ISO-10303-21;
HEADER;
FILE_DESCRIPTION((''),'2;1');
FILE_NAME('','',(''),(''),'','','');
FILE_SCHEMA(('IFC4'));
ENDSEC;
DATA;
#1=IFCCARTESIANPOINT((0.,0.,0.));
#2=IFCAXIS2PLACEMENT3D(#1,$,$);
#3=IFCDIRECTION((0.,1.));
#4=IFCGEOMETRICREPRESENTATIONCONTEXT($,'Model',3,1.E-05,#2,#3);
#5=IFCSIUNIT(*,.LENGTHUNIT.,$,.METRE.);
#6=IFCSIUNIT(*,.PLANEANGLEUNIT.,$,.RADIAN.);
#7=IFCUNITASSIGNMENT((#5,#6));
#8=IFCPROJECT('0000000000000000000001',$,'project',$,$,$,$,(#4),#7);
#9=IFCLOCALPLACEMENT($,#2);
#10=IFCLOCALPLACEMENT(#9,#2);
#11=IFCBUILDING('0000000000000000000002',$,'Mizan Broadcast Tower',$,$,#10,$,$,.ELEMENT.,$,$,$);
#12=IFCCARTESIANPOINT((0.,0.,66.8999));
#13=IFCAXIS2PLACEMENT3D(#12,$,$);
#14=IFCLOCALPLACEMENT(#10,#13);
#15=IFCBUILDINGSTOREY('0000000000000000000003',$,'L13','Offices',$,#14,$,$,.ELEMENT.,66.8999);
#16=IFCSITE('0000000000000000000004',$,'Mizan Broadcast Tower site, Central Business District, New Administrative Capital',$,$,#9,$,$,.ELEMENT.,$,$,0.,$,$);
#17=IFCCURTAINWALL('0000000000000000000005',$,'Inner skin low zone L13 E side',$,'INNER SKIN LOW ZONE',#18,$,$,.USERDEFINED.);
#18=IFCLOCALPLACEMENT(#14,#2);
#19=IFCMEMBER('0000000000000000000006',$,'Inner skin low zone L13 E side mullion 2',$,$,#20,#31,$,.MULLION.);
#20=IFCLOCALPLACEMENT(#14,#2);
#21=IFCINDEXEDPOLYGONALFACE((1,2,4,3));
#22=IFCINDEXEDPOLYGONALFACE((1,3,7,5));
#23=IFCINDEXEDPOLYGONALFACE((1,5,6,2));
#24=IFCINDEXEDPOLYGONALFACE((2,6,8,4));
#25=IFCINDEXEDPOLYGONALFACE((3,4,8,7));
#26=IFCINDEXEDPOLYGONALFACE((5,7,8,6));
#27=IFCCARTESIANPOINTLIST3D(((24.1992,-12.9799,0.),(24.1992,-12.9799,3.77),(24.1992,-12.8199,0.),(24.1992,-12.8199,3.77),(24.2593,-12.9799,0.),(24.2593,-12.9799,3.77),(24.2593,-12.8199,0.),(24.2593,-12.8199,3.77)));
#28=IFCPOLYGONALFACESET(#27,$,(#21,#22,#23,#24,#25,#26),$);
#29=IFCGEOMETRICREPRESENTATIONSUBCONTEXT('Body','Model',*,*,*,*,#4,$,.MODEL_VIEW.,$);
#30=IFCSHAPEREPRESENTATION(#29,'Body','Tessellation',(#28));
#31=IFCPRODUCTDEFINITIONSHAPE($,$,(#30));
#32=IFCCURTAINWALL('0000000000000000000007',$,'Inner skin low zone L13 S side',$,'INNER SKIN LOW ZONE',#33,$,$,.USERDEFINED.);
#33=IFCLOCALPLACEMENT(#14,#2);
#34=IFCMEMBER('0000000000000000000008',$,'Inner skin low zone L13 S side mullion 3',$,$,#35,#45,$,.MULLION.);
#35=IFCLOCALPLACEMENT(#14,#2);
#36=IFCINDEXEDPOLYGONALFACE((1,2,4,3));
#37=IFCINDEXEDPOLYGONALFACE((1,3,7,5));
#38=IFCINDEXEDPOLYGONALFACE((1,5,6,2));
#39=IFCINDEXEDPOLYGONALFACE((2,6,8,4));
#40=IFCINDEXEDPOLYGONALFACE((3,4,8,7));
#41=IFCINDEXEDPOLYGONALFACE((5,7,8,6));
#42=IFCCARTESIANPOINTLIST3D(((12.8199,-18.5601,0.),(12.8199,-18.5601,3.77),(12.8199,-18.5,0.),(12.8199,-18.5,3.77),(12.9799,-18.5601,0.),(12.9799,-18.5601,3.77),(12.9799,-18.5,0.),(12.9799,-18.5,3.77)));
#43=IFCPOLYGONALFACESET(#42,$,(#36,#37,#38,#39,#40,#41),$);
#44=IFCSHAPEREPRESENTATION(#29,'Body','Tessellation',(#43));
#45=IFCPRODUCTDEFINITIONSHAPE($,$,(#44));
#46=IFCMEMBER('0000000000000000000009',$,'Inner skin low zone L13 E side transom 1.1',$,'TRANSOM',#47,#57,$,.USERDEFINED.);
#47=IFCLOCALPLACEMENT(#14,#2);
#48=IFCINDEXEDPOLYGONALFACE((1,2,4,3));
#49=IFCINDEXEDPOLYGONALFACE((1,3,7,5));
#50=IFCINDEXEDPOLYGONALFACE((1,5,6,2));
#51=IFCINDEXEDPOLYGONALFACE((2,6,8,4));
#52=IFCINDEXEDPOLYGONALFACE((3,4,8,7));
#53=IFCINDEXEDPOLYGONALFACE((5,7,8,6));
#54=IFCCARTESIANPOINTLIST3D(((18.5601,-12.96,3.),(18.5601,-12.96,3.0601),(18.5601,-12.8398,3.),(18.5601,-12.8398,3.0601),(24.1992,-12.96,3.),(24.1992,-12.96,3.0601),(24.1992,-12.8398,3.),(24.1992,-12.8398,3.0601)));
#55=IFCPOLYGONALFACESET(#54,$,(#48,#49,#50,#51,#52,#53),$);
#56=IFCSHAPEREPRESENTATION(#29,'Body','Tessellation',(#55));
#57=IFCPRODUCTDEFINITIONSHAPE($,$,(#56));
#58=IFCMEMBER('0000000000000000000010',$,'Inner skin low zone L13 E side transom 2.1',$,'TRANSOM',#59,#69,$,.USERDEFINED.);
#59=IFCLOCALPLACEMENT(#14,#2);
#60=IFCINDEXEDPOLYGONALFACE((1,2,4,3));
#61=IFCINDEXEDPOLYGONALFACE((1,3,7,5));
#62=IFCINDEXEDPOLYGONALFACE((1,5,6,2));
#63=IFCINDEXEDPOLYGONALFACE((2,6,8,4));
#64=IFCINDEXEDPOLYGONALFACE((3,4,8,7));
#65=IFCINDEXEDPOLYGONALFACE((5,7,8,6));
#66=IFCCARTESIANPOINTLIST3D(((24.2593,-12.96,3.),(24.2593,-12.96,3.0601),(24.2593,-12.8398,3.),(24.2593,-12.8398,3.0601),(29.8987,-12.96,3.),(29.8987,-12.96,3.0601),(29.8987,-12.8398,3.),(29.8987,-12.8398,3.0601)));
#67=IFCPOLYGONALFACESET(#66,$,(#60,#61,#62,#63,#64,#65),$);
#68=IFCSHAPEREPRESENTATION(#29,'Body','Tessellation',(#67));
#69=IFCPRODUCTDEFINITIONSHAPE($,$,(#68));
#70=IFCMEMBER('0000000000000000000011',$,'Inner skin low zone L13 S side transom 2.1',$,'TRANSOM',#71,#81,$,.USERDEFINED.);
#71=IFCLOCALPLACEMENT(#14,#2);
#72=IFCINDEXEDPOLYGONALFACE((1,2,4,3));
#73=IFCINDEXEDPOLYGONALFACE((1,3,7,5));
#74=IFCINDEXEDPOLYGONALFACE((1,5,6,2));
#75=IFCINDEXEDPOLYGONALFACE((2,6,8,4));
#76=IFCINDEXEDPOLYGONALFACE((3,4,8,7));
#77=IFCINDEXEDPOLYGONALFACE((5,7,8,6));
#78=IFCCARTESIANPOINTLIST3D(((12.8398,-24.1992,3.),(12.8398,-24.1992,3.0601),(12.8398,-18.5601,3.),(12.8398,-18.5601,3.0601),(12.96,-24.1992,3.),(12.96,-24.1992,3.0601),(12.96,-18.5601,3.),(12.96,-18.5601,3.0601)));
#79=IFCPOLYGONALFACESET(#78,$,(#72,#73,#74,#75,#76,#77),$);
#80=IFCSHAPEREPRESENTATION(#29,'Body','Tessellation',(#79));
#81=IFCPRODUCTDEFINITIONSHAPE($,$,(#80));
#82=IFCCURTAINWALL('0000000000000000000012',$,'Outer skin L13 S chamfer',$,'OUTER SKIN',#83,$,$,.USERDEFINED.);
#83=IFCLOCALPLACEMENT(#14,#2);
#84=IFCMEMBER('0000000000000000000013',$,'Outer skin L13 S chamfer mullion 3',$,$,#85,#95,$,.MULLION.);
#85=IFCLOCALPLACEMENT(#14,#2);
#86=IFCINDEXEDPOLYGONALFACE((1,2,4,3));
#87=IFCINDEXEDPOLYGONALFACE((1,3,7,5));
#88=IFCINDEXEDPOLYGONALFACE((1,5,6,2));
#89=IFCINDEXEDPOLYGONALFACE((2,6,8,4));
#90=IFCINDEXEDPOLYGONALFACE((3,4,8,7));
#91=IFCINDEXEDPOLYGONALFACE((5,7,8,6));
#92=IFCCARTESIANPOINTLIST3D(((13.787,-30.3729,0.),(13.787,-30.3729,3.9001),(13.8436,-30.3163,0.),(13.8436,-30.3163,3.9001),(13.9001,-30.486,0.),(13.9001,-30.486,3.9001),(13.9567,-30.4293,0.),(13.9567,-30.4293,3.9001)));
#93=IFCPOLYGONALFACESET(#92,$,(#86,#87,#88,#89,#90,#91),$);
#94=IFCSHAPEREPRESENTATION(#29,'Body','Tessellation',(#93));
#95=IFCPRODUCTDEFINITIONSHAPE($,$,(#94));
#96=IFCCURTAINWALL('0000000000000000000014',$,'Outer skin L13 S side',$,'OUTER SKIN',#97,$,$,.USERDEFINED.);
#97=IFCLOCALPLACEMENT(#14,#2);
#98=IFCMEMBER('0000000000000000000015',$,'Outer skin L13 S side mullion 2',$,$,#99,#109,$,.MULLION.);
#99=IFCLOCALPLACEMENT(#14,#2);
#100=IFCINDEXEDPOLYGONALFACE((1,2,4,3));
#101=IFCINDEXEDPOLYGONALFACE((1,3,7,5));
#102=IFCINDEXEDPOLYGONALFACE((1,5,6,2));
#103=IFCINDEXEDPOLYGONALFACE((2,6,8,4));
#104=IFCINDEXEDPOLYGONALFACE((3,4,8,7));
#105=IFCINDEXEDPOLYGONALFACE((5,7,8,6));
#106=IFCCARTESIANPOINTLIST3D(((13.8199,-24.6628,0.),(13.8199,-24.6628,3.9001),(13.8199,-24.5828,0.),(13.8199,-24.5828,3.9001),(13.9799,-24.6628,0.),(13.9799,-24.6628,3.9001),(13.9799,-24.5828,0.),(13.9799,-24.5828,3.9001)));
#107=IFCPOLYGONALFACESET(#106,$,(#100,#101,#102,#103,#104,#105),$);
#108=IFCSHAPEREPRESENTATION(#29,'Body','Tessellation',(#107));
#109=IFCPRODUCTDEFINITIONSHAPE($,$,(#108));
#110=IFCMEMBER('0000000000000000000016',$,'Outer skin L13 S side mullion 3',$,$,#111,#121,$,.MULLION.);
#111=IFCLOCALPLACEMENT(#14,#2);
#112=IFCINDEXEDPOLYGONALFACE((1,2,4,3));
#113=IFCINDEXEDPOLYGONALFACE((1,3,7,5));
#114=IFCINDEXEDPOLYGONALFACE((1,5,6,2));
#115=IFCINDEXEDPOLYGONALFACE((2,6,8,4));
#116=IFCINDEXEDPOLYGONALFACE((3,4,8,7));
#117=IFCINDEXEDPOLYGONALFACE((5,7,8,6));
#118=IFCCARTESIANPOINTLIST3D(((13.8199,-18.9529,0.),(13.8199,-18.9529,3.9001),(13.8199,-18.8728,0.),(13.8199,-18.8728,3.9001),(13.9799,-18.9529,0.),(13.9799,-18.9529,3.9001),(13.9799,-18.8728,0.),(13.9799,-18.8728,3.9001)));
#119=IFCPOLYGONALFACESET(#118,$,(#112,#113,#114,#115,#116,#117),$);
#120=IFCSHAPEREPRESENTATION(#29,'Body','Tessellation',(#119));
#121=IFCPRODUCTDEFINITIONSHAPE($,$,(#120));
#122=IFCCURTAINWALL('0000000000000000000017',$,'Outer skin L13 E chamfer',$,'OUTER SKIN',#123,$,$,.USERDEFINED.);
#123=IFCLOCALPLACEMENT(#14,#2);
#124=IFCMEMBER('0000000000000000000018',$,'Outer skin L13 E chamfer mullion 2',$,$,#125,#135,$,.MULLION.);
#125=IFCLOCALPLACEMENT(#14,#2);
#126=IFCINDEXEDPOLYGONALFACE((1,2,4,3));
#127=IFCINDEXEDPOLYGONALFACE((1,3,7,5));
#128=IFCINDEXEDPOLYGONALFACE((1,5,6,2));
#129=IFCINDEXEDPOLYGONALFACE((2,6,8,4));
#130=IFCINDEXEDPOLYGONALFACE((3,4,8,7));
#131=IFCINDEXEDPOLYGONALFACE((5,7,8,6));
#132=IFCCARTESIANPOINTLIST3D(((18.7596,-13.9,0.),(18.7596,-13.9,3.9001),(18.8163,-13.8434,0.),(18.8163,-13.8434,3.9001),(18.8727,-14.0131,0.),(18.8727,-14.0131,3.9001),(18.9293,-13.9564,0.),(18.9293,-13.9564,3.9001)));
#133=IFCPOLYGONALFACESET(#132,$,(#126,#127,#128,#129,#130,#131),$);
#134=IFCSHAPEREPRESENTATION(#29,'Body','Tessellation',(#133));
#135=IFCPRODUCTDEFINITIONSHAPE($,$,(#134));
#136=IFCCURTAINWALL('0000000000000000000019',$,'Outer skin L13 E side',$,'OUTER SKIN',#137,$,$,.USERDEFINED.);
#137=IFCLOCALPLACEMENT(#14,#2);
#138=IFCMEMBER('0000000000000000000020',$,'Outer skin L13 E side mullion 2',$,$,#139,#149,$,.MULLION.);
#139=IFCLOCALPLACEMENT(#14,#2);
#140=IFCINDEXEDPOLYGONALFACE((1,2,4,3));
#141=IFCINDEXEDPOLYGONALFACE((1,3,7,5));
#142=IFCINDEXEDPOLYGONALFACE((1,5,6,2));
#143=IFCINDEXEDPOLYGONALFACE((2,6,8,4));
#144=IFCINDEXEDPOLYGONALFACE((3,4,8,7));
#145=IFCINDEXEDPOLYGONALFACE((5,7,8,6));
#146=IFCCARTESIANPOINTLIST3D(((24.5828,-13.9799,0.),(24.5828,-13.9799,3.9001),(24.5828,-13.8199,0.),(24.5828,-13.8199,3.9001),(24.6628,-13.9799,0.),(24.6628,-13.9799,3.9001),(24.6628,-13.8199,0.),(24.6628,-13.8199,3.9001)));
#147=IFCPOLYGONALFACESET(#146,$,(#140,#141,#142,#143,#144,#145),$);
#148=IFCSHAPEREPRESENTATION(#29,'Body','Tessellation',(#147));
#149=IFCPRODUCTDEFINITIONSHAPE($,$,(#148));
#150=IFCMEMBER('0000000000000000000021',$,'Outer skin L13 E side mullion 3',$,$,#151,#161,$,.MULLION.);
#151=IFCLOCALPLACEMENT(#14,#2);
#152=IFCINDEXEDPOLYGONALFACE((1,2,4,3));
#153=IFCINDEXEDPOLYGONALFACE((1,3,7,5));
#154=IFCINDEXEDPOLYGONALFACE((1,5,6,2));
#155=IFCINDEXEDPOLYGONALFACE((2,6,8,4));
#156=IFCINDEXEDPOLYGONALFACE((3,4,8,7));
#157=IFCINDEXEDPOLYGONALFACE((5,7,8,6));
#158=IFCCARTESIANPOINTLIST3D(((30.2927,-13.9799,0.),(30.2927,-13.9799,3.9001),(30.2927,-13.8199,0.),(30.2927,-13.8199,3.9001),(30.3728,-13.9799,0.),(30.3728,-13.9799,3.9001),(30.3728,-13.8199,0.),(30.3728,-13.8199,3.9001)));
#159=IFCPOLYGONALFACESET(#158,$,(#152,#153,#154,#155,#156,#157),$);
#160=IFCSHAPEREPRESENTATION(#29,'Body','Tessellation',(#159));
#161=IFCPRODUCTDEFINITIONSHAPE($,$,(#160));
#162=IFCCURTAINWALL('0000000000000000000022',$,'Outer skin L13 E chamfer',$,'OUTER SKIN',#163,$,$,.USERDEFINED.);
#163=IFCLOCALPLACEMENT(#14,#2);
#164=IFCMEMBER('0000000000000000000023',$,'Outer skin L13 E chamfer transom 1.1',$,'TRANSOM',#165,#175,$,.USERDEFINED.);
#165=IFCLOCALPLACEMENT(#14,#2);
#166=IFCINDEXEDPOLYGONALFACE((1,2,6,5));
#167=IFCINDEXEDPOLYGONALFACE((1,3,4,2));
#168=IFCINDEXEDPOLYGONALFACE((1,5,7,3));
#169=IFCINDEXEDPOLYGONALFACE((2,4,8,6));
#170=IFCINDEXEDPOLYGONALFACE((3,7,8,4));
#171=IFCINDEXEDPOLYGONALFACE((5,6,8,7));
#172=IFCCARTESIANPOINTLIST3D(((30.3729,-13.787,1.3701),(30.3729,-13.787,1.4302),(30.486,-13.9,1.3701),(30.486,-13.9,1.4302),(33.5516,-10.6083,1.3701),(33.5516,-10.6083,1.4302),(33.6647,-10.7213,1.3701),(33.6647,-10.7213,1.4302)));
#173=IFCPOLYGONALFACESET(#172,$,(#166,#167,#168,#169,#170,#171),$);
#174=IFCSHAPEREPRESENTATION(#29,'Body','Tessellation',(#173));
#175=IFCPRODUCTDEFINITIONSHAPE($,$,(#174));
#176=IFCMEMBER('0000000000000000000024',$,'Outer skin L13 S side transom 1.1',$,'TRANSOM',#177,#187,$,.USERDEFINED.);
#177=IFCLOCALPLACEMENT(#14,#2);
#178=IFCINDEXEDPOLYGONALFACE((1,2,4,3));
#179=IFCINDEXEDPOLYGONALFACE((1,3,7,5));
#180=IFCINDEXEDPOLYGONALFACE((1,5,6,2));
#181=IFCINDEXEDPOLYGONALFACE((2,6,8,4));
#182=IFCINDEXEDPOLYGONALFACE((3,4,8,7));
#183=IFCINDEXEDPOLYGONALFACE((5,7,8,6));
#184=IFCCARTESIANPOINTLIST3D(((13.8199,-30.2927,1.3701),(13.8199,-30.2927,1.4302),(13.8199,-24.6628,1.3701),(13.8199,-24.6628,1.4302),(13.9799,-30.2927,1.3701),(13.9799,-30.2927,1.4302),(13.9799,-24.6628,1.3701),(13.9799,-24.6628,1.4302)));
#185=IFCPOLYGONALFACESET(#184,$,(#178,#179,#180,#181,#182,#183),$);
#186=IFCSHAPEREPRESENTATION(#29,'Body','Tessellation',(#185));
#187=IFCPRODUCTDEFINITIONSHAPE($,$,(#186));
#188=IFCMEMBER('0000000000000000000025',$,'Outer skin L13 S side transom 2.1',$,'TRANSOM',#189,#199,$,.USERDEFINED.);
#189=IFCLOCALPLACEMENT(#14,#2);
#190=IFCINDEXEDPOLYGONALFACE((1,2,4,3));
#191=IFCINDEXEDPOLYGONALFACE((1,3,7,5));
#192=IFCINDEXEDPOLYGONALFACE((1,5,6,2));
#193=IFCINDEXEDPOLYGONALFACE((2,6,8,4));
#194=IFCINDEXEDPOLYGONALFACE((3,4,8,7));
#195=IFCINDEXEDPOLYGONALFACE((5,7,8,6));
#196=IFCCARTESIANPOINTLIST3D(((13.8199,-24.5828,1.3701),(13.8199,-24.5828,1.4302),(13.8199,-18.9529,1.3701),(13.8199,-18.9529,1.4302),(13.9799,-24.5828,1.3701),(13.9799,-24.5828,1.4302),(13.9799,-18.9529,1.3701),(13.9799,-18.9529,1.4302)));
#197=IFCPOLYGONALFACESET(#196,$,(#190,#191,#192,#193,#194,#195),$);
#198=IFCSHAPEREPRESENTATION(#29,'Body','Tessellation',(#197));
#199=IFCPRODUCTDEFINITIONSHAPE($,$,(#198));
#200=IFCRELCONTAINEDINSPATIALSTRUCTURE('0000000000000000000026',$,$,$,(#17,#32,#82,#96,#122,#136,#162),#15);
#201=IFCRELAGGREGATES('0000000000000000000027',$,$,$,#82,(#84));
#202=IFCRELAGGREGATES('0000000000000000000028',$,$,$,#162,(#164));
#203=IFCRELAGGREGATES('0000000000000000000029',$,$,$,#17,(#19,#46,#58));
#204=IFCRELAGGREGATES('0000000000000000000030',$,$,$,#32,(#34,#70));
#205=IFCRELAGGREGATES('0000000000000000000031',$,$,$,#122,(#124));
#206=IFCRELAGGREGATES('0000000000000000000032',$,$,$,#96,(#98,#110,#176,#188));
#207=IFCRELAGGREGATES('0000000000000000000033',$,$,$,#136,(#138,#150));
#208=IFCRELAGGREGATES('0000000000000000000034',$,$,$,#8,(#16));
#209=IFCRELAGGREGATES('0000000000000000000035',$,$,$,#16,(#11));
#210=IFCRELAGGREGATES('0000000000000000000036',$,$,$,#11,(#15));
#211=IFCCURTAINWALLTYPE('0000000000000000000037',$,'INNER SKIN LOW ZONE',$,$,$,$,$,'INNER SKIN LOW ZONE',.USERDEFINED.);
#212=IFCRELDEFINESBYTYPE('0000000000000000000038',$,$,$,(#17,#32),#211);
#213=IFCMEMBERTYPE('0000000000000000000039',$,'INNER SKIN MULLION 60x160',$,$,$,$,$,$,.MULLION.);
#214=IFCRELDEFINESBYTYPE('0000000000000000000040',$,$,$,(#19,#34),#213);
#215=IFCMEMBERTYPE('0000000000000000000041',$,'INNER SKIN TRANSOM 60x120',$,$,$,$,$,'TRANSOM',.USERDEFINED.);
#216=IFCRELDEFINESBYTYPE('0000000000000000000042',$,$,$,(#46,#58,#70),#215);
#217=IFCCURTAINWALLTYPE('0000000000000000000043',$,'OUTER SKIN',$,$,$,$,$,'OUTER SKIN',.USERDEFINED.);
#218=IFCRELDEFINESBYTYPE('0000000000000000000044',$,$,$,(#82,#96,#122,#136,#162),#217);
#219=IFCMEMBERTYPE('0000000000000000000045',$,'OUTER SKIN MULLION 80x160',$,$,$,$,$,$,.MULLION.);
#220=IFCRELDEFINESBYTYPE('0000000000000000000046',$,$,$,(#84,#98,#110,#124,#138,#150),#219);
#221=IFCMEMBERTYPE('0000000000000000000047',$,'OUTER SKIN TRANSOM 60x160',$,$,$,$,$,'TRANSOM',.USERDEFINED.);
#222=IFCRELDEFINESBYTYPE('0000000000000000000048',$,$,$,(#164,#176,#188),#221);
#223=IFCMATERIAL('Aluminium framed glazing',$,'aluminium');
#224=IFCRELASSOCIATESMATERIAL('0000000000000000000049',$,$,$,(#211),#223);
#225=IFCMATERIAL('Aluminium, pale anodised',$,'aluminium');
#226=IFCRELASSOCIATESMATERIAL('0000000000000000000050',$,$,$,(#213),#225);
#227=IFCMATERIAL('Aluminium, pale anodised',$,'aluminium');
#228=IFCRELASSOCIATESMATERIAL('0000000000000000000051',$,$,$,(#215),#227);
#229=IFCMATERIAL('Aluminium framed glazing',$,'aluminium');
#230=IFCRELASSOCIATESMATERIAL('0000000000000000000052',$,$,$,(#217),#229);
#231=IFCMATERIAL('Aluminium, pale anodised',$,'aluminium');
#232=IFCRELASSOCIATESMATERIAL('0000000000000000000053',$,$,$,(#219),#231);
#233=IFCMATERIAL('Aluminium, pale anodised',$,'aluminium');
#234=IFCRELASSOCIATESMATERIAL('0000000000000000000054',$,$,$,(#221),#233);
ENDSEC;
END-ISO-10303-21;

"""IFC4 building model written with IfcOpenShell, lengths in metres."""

from ifc_helpers import new_model, si_unit, direction, frame, origin, origin_2d, place, context, subcontext, project, spatial, rectangle, extrude, material, material_profile, profile_set, type_object, element, aggregate, save


model = new_model("IFC4")

# Units and contexts
model_context = context("Model", 3, precision=1e-05, world=origin(), true_north=direction((0.0, 1.0)))
body_context = subcontext(model_context, "Body", "Model", "MODEL_VIEW")
ifc_project = project(units=[si_unit("LENGTHUNIT", "METRE"), si_unit("PLANEANGLEUNIT", "RADIAN")], contexts=[model_context])

# Site, building, storey
site_placement = place(None, origin())
site = spatial("IfcSite", under=ifc_project, at=site_placement, Name="Mizan Broadcast Tower site, Central Business District, New Administrative Capital", CompositionType="ELEMENT", RefElevation=0.0)
building_placement = place(site_placement, origin())
building = spatial("IfcBuilding", under=site, at=building_placement, Name="Mizan Broadcast Tower", CompositionType="ELEMENT")
storey_placement = place(building_placement, frame((0.0, 0.0, 66.8999)))
storey = spatial("IfcBuildingStorey", under=building, at=storey_placement, Name="L13", Description="Offices", CompositionType="ELEMENT", Elevation=66.8999)

# Curtain walls, members
ifc_material_1 = material(Name="Aluminium framed glazing", Category="aluminium")
curtain_wall_type_1 = type_object("IfcCurtainWallType", Name="INNER SKIN LOW ZONE", ElementType="INNER SKIN LOW ZONE", PredefinedType="USERDEFINED", material=ifc_material_1)
curtain_wall_1_placement = place(storey_placement, origin())
curtain_wall_1 = element("IfcCurtainWall", 1, at=curtain_wall_1_placement, inside=storey, type_object=curtain_wall_type_1, Name="Inner skin low zone L13 E side", ObjectType="INNER SKIN LOW ZONE", PredefinedType="USERDEFINED")
ifc_material_2 = material(Name="Aluminium, pale anodised", Category="aluminium")
ifc_material_profile_1 = material_profile(ifc_material_2, rectangle(XDim=0.1599, YDim=0.0601, at=origin_2d()), Name="MULLION 160x60")
ifc_profile_set_1 = profile_set([ifc_material_profile_1], Name="Aluminium, pale anodised")
member_type_1 = type_object("IfcMemberType", Name="INNER SKIN MULLION 60x160", PredefinedType="MULLION", material=ifc_profile_set_1)
member_1_placement = place(storey_placement, frame((24.2292, -12.8999, 0.0), z_axis=(0.0, 0.0, 1.0), x_axis=(0.0, 1.0, 0.0)))
member_1 = element("IfcMember", 2, at=member_1_placement, type_object=member_type_1, Name="Inner skin low zone L13 E side mullion 2", PredefinedType="MULLION", context=body_context, shape_type="SweptSolid", body=[
    extrude(rectangle(XDim=0.1599, YDim=0.0601, at=origin_2d()), origin(), (0.0, 0.0, 1.0), 3.77),
])
curtain_wall_2_placement = place(storey_placement, origin())
curtain_wall_2 = element("IfcCurtainWall", 3, at=curtain_wall_2_placement, inside=storey, type_object=curtain_wall_type_1, Name="Inner skin low zone L13 S side", ObjectType="INNER SKIN LOW ZONE", PredefinedType="USERDEFINED")
member_2_placement = place(storey_placement, frame((12.8999, -18.53, 0.0), z_axis=(0.0, 0.0, 1.0), x_axis=(-1.0, 0.0, 0.0)))
member_2 = element("IfcMember", 4, at=member_2_placement, type_object=member_type_1, Name="Inner skin low zone L13 S side mullion 3", PredefinedType="MULLION", context=body_context, shape_type="SweptSolid", body=[
    extrude(rectangle(XDim=0.1599, YDim=0.0601, at=origin_2d()), origin(), (0.0, 0.0, 1.0), 3.77),
])

# Members
ifc_material_3 = material(Name="Aluminium, pale anodised", Category="aluminium")
ifc_material_profile_2 = material_profile(ifc_material_3, rectangle(XDim=0.1201, YDim=0.0601, at=origin_2d()), Name="TRANSOM 120x60")
ifc_profile_set_2 = profile_set([ifc_material_profile_2], Name="Aluminium, pale anodised")
member_type_2 = type_object("IfcMemberType", Name="INNER SKIN TRANSOM 60x120", ElementType="TRANSOM", PredefinedType="USERDEFINED", material=ifc_profile_set_2)
member_3_placement = place(storey_placement, frame((18.5601, -12.8999, 3.03), z_axis=(1.0, 0.0, 0.0), x_axis=(0.0, 1.0, 0.0)))
member_3 = element("IfcMember", 5, at=member_3_placement, type_object=member_type_2, Name="Inner skin low zone L13 E side transom 1.1", ObjectType="TRANSOM", PredefinedType="USERDEFINED", context=body_context, shape_type="SweptSolid", body=[
    extrude(rectangle(XDim=0.1201, YDim=0.0601, at=origin_2d()), origin(), (0.0, 0.0, 1.0), 5.6392),
])
member_4_placement = place(storey_placement, frame((24.2593, -12.8999, 3.03), z_axis=(1.0, 0.0, 0.0), x_axis=(0.0, 1.0, 0.0)))
member_4 = element("IfcMember", 6, at=member_4_placement, type_object=member_type_2, Name="Inner skin low zone L13 E side transom 2.1", ObjectType="TRANSOM", PredefinedType="USERDEFINED", context=body_context, shape_type="SweptSolid", body=[
    extrude(rectangle(XDim=0.1201, YDim=0.0601, at=origin_2d()), origin(), (0.0, 0.0, 1.0), 5.6394),
])
member_5_placement = place(storey_placement, frame((12.8999, -24.1992, 3.03), z_axis=(0.0, 1.0, 0.0), x_axis=(-1.0, 0.0, 0.0)))
member_5 = element("IfcMember", 7, at=member_5_placement, type_object=member_type_2, Name="Inner skin low zone L13 S side transom 2.1", ObjectType="TRANSOM", PredefinedType="USERDEFINED", context=body_context, shape_type="SweptSolid", body=[
    extrude(rectangle(XDim=0.1201, YDim=0.0601, at=origin_2d()), origin(), (0.0, 0.0, 1.0), 5.6392),
])

# Curtain wall, member
ifc_material_4 = material(Name="Aluminium framed glazing", Category="aluminium")
curtain_wall_type_2 = type_object("IfcCurtainWallType", Name="OUTER SKIN", ElementType="OUTER SKIN", PredefinedType="USERDEFINED", material=ifc_material_4)
curtain_wall_3_placement = place(storey_placement, origin())
curtain_wall_3 = element("IfcCurtainWall", 8, at=curtain_wall_3_placement, inside=storey, type_object=curtain_wall_type_2, Name="Outer skin L13 S chamfer", ObjectType="OUTER SKIN", PredefinedType="USERDEFINED")
ifc_material_5 = material(Name="Aluminium, pale anodised", Category="aluminium")
ifc_material_profile_3 = material_profile(ifc_material_5, rectangle(XDim=0.1599, YDim=0.0801, at=origin_2d()), Name="MULLION 160x80")
ifc_profile_set_3 = profile_set([ifc_material_profile_3], Name="Aluminium, pale anodised")
member_type_3 = type_object("IfcMemberType", Name="OUTER SKIN MULLION 80x160", PredefinedType="MULLION", material=ifc_profile_set_3)
member_6_placement = place(storey_placement, frame((13.8718, -30.4011, 0.0), z_axis=(0.0, 0.0, 1.0), x_axis=(-0.707107, 0.707107, 0.0)))
member_6 = element("IfcMember", 9, at=member_6_placement, type_object=member_type_3, Name="Outer skin L13 S chamfer mullion 3", PredefinedType="MULLION", context=body_context, shape_type="SweptSolid", body=[
    extrude(rectangle(XDim=0.1599, YDim=0.0801, at=origin_2d()), origin(), (0.0, 0.0, 1.0), 3.9001),
])
aggregate(curtain_wall_3, [member_6])

# Curtain wall, members
curtain_wall_4_placement = place(storey_placement, origin())
curtain_wall_4 = element("IfcCurtainWall", 10, at=curtain_wall_4_placement, inside=storey, type_object=curtain_wall_type_2, Name="Outer skin L13 S side", ObjectType="OUTER SKIN", PredefinedType="USERDEFINED")
member_7_placement = place(storey_placement, frame((13.8999, -24.6228, 0.0), z_axis=(0.0, 0.0, 1.0), x_axis=(-1.0, 0.0, 0.0)))
member_7 = element("IfcMember", 11, at=member_7_placement, type_object=member_type_3, Name="Outer skin L13 S side mullion 2", PredefinedType="MULLION", context=body_context, shape_type="SweptSolid", body=[
    extrude(rectangle(XDim=0.1599, YDim=0.0801, at=origin_2d()), origin(), (0.0, 0.0, 1.0), 3.9001),
])
member_8_placement = place(storey_placement, frame((13.8999, -18.9128, 0.0), z_axis=(0.0, 0.0, 1.0), x_axis=(-1.0, 0.0, 0.0)))
member_8 = element("IfcMember", 12, at=member_8_placement, type_object=member_type_3, Name="Outer skin L13 S side mullion 3", PredefinedType="MULLION", context=body_context, shape_type="SweptSolid", body=[
    extrude(rectangle(XDim=0.1599, YDim=0.0801, at=origin_2d()), origin(), (0.0, 0.0, 1.0), 3.9001),
])

# Curtain wall, member
curtain_wall_5_placement = place(storey_placement, origin())
curtain_wall_5 = element("IfcCurtainWall", 13, at=curtain_wall_5_placement, inside=storey, type_object=curtain_wall_type_2, Name="Outer skin L13 E chamfer", ObjectType="OUTER SKIN", PredefinedType="USERDEFINED")
member_9_placement = place(storey_placement, frame((18.8445, -13.9282, 0.0), z_axis=(0.0, 0.0, 1.0), x_axis=(-0.707107, 0.707107, 0.0)))
member_9 = element("IfcMember", 14, at=member_9_placement, type_object=member_type_3, Name="Outer skin L13 E chamfer mullion 2", PredefinedType="MULLION", context=body_context, shape_type="SweptSolid", body=[
    extrude(rectangle(XDim=0.1599, YDim=0.0801, at=origin_2d()), origin(), (0.0, 0.0, 1.0), 3.9001),
])

# Curtain wall, members
curtain_wall_6_placement = place(storey_placement, origin())
curtain_wall_6 = element("IfcCurtainWall", 15, at=curtain_wall_6_placement, inside=storey, type_object=curtain_wall_type_2, Name="Outer skin L13 E side", ObjectType="OUTER SKIN", PredefinedType="USERDEFINED")
member_10_placement = place(storey_placement, frame((24.6228, -13.8999, 0.0), z_axis=(0.0, 0.0, 1.0), x_axis=(0.0, 1.0, 0.0)))
member_10 = element("IfcMember", 16, at=member_10_placement, type_object=member_type_3, Name="Outer skin L13 E side mullion 2", PredefinedType="MULLION", context=body_context, shape_type="SweptSolid", body=[
    extrude(rectangle(XDim=0.1599, YDim=0.0801, at=origin_2d()), origin(), (0.0, 0.0, 1.0), 3.9001),
])
member_11_placement = place(storey_placement, frame((30.3328, -13.8999, 0.0), z_axis=(0.0, 0.0, 1.0), x_axis=(0.0, 1.0, 0.0)))
member_11 = element("IfcMember", 17, at=member_11_placement, type_object=member_type_3, Name="Outer skin L13 E side mullion 3", PredefinedType="MULLION", context=body_context, shape_type="SweptSolid", body=[
    extrude(rectangle(XDim=0.1599, YDim=0.0801, at=origin_2d()), origin(), (0.0, 0.0, 1.0), 3.9001),
])

# Curtain wall, member
curtain_wall_7_placement = place(storey_placement, origin())
curtain_wall_7 = element("IfcCurtainWall", 18, at=curtain_wall_7_placement, inside=storey, type_object=curtain_wall_type_2, Name="Outer skin L13 E chamfer", ObjectType="OUTER SKIN", PredefinedType="USERDEFINED")
ifc_material_6 = material(Name="Aluminium, pale anodised", Category="aluminium")
ifc_material_profile_4 = material_profile(ifc_material_6, rectangle(XDim=0.1599, YDim=0.0601, at=origin_2d()), Name="TRANSOM 160x60")
ifc_profile_set_4 = profile_set([ifc_material_profile_4], Name="Aluminium, pale anodised")
member_type_4 = type_object("IfcMemberType", Name="OUTER SKIN TRANSOM 60x160", ElementType="TRANSOM", PredefinedType="USERDEFINED", material=ifc_profile_set_4)
member_12_placement = place(storey_placement, frame((30.4294, -13.8435, 1.4001), z_axis=(0.707107, 0.707107, 0.0), x_axis=(-0.707107, 0.707107, 0.0)))
member_12 = element("IfcMember", 19, at=member_12_placement, type_object=member_type_4, Name="Outer skin L13 E chamfer transom 1.1", ObjectType="TRANSOM", PredefinedType="USERDEFINED", context=body_context, shape_type="SweptSolid", body=[
    extrude(rectangle(XDim=0.1599, YDim=0.0601, at=origin_2d()), origin(), (0.0, 0.0, 1.0), 4.4954),
])
aggregate(curtain_wall_7, [member_12])

# Members
member_13_placement = place(storey_placement, frame((13.8999, -30.2927, 1.4001), z_axis=(0.0, 1.0, 0.0), x_axis=(-1.0, 0.0, 0.0)))
member_13 = element("IfcMember", 20, at=member_13_placement, type_object=member_type_4, Name="Outer skin L13 S side transom 1.1", ObjectType="TRANSOM", PredefinedType="USERDEFINED", context=body_context, shape_type="SweptSolid", body=[
    extrude(rectangle(XDim=0.1599, YDim=0.0601, at=origin_2d()), origin(), (0.0, 0.0, 1.0), 5.6299),
])
member_14_placement = place(storey_placement, frame((13.8999, -24.5828, 1.4001), z_axis=(0.0, 1.0, 0.0), x_axis=(-1.0, 0.0, 0.0)))
member_14 = element("IfcMember", 21, at=member_14_placement, type_object=member_type_4, Name="Outer skin L13 S side transom 2.1", ObjectType="TRANSOM", PredefinedType="USERDEFINED", context=body_context, shape_type="SweptSolid", body=[
    extrude(rectangle(XDim=0.1599, YDim=0.0601, at=origin_2d()), origin(), (0.0, 0.0, 1.0), 5.6299),
])

aggregate(curtain_wall_1, [member_1, member_3, member_4])
aggregate(curtain_wall_2, [member_2, member_5])
aggregate(curtain_wall_5, [member_9])
aggregate(curtain_wall_4, [member_7, member_8, member_13, member_14])
aggregate(curtain_wall_6, [member_10, member_11])

save(model, "model.ifc")
